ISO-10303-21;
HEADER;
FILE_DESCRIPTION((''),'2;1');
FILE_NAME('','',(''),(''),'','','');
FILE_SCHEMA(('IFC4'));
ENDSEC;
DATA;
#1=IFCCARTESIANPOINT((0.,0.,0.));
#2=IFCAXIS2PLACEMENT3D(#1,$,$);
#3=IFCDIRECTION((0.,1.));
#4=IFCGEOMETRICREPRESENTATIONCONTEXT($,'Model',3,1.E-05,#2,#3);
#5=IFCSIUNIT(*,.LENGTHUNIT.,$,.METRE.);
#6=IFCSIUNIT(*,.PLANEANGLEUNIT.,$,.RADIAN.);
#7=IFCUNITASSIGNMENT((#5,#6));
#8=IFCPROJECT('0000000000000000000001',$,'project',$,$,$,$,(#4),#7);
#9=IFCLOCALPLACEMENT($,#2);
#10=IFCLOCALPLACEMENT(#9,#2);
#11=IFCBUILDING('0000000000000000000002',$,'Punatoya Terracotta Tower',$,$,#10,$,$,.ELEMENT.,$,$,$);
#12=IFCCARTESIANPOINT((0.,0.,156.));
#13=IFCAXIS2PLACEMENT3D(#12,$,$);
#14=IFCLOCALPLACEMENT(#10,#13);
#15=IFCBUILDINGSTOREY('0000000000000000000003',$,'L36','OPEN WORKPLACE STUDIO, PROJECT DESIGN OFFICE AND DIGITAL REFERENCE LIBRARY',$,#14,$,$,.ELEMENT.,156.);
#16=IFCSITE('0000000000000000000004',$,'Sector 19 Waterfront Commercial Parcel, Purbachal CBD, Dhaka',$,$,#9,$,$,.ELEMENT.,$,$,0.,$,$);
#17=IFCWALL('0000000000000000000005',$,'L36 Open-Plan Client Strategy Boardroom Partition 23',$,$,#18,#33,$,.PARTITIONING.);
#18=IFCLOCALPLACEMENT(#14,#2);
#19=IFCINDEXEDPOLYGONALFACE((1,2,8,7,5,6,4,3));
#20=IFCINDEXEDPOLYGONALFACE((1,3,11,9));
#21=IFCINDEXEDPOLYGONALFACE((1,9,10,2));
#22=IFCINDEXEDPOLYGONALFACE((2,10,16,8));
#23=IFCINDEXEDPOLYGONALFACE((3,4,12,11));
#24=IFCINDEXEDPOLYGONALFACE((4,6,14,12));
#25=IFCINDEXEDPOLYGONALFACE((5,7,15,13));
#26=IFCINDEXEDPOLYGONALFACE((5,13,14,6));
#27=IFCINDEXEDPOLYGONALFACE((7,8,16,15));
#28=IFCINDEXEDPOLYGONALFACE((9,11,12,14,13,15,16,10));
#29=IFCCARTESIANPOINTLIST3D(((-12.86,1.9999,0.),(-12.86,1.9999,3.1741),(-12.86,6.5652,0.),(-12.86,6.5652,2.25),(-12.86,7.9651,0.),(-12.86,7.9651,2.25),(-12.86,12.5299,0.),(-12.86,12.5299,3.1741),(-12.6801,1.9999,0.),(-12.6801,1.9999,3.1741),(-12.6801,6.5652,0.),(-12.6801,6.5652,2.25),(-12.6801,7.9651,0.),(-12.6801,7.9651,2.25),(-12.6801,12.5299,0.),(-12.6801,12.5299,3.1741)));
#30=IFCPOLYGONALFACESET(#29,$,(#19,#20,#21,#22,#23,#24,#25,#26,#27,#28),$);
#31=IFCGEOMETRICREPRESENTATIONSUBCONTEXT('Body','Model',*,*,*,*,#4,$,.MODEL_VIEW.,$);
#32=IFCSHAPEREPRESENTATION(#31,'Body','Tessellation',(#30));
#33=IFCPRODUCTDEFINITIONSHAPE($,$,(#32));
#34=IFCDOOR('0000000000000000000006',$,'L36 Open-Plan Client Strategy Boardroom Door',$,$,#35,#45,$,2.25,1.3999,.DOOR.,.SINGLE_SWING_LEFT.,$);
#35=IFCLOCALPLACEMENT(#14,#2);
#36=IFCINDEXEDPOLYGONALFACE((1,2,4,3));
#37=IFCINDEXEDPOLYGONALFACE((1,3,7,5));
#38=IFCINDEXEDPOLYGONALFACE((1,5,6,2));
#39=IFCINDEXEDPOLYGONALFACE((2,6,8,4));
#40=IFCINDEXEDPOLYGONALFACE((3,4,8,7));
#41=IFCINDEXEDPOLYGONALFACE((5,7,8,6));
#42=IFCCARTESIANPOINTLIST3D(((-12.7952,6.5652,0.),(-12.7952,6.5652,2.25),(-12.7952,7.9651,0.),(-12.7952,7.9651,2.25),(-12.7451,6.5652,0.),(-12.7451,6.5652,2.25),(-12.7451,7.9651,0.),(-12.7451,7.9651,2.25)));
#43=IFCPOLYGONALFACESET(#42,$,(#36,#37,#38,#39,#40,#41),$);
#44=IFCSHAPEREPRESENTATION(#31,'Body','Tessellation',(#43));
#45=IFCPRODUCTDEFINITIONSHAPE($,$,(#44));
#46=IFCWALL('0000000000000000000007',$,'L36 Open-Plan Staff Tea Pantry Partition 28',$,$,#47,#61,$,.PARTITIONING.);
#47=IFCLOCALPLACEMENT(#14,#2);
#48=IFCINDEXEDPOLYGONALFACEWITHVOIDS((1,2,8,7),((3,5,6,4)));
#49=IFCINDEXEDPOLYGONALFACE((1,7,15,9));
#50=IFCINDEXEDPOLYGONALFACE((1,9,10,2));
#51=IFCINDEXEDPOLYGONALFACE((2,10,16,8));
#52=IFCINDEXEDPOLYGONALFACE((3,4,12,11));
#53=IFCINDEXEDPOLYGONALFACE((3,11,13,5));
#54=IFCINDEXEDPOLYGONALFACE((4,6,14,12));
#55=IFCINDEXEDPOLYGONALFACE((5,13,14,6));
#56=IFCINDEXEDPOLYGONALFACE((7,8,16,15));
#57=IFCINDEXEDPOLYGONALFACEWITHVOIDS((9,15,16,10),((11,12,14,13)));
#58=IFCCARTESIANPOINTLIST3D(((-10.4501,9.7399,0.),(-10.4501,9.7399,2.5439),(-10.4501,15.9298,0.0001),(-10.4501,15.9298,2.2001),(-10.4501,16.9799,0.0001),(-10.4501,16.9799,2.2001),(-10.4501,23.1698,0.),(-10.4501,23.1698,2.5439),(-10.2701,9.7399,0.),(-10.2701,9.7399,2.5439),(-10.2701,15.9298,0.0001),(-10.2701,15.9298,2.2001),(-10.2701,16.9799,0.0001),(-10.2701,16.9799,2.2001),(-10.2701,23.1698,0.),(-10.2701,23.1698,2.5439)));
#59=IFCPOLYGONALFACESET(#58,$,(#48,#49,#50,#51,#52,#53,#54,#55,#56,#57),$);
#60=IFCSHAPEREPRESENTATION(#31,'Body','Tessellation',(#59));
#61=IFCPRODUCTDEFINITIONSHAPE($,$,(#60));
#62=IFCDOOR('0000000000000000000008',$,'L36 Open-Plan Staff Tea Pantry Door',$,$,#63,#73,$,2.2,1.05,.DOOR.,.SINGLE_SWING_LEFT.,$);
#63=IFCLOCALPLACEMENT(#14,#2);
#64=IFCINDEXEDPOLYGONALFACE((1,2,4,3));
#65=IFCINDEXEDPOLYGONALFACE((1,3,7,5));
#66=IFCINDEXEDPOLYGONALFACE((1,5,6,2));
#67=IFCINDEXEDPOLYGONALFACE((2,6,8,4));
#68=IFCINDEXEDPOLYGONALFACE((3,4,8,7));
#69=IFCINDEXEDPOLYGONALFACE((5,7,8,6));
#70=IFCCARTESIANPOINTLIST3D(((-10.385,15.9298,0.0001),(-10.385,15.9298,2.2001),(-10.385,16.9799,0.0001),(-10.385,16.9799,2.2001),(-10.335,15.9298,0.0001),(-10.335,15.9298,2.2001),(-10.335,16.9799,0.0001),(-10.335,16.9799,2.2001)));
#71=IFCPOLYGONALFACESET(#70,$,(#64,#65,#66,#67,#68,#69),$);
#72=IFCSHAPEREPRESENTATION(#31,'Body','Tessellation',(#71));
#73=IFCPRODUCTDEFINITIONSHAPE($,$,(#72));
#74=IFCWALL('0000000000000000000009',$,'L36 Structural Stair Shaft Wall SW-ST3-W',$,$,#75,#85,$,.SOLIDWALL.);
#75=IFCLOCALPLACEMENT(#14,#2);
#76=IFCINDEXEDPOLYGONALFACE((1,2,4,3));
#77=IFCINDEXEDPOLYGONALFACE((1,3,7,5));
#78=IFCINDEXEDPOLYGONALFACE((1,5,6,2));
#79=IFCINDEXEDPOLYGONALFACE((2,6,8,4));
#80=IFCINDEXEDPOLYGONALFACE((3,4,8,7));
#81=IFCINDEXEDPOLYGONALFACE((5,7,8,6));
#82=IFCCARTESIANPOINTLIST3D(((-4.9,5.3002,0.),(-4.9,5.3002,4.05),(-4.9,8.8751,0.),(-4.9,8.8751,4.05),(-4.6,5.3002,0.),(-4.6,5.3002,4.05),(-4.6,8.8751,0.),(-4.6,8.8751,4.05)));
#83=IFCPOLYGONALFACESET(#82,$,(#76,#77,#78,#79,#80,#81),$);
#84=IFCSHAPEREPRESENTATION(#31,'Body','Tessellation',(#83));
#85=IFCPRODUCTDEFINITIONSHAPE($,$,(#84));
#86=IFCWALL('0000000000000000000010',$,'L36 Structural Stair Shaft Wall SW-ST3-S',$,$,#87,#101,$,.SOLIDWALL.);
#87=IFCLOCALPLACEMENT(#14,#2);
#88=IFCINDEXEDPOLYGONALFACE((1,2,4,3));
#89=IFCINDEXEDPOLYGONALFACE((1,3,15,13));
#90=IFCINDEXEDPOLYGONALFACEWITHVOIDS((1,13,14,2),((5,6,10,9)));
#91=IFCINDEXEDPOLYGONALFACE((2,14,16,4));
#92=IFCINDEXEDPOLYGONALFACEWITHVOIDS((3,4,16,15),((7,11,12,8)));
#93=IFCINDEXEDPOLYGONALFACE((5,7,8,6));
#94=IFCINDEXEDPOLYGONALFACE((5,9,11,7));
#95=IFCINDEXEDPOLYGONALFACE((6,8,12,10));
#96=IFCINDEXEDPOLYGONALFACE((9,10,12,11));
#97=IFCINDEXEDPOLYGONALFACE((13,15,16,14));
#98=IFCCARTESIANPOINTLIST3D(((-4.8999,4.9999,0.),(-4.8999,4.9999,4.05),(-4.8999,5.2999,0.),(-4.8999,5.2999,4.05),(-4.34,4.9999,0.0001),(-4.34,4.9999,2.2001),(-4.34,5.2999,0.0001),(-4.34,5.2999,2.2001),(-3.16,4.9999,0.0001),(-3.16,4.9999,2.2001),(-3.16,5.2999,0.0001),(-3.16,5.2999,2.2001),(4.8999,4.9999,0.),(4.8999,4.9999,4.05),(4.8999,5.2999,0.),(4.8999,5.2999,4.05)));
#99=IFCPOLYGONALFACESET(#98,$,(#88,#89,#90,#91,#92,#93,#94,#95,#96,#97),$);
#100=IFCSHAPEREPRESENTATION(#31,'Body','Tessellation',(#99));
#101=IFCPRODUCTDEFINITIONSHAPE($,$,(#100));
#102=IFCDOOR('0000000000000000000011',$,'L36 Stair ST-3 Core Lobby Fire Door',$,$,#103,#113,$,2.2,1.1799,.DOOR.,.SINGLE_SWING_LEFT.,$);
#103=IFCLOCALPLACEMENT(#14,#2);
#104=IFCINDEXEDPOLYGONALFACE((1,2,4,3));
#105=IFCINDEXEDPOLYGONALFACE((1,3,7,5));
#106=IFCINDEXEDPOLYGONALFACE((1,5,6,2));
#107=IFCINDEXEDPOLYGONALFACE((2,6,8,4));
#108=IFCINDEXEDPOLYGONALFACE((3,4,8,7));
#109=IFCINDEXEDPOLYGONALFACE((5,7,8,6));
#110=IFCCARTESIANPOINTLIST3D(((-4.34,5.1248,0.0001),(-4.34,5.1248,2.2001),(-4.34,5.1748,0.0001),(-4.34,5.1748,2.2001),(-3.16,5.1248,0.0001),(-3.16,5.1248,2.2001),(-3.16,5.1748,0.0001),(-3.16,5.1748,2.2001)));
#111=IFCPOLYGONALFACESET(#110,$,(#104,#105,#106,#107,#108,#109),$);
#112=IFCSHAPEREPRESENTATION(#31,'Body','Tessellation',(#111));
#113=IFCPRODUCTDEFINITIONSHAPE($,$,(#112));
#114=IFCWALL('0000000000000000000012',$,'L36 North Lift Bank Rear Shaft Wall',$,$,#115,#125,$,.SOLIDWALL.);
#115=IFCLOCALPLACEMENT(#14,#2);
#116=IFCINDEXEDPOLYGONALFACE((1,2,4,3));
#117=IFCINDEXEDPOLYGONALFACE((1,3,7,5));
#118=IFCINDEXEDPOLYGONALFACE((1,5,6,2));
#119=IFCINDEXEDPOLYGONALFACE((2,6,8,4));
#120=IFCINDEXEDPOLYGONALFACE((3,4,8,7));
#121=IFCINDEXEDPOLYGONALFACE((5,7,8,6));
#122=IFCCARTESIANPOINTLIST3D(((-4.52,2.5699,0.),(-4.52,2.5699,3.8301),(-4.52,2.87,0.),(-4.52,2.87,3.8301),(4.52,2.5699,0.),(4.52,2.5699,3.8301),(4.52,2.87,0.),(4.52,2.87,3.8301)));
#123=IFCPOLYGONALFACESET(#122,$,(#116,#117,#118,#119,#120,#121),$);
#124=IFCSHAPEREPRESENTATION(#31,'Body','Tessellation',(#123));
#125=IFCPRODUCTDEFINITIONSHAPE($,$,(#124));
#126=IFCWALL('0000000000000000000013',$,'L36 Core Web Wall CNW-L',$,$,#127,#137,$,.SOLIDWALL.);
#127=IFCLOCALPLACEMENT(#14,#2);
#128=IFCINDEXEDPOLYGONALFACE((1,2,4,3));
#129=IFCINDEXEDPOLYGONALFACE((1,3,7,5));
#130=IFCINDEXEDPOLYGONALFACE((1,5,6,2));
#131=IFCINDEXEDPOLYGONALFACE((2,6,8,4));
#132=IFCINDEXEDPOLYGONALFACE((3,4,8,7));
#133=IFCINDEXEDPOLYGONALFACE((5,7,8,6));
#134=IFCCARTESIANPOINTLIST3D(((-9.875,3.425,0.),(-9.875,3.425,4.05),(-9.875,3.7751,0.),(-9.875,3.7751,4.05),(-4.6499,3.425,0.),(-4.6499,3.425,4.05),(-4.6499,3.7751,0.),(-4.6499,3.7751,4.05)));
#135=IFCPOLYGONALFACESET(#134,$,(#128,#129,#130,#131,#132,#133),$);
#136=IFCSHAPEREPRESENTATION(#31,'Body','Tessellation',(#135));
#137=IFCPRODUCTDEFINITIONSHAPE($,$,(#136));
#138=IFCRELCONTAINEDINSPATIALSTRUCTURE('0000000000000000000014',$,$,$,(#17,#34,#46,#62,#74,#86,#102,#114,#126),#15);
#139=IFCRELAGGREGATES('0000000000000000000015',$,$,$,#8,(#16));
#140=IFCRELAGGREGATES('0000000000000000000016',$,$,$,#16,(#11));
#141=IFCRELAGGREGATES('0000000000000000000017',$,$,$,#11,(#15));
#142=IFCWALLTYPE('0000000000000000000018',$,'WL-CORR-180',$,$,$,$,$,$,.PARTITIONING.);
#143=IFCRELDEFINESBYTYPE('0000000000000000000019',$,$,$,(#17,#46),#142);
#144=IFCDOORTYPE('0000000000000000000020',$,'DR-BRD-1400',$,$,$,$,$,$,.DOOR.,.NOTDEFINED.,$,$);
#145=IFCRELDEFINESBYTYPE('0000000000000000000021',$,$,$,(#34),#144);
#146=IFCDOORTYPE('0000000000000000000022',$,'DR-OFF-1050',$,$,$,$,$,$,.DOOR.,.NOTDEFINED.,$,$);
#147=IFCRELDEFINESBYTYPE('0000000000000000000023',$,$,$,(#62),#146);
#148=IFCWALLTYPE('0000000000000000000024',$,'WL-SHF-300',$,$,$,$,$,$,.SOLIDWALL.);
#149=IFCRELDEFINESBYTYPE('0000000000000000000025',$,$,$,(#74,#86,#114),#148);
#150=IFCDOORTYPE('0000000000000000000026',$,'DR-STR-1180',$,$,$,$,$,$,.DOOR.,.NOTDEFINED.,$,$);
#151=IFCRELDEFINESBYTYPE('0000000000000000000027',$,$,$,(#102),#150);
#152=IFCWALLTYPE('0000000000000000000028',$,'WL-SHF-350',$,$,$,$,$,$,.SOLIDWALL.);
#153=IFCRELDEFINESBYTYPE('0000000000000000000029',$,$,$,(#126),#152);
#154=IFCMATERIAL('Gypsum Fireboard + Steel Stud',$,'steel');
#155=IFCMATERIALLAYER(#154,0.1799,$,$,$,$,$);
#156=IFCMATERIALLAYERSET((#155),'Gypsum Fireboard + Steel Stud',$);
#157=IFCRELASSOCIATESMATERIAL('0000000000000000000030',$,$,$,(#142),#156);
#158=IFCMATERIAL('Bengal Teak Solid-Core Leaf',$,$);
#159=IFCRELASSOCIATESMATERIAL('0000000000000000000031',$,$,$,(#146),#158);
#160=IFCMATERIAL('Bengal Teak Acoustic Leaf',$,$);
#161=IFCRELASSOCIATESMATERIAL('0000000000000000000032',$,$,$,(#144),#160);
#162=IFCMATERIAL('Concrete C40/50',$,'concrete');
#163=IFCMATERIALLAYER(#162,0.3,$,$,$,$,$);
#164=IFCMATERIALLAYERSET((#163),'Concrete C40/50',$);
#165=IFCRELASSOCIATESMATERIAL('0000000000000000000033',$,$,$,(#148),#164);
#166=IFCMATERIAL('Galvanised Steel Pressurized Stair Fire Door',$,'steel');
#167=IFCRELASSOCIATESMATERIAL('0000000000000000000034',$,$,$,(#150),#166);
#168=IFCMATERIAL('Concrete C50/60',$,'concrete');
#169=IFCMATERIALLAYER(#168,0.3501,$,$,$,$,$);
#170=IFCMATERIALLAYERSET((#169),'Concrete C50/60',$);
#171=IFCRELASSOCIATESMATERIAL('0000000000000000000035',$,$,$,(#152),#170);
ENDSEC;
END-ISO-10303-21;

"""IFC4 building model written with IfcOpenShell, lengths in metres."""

from ifc_helpers import new_model, si_unit, direction, frame, frame_2d, origin, place, context, subcontext, project, spatial, rectangle, extrude, material, layer, layer_set, type_object, element, fill, save


model = new_model("IFC4")

# Units and contexts
model_context = context("Model", 3, precision=1e-05, world=origin(), true_north=direction((0.0, 1.0)))
body_context = subcontext(model_context, "Body", "Model", "MODEL_VIEW")
ifc_project = project(units=[si_unit("LENGTHUNIT", "METRE"), si_unit("PLANEANGLEUNIT", "RADIAN")], contexts=[model_context])

# Site, building, storey
site_placement = place(None, origin())
site = spatial("IfcSite", under=ifc_project, at=site_placement, Name="Sector 19 Waterfront Commercial Parcel, Purbachal CBD, Dhaka", CompositionType="ELEMENT", RefElevation=0.0)
building_placement = place(site_placement, origin())
building = spatial("IfcBuilding", under=site, at=building_placement, Name="Punatoya Terracotta Tower", CompositionType="ELEMENT")
storey_placement = place(building_placement, frame((0.0, 0.0, 156.0)))
storey = spatial("IfcBuildingStorey", under=building, at=storey_placement, Name="L36", Description="OPEN WORKPLACE STUDIO, PROJECT DESIGN OFFICE AND DIGITAL REFERENCE LIBRARY", CompositionType="ELEMENT", Elevation=156.0)

# Shared definitions
ifc_material_1 = material(Name="Gypsum Fireboard + Steel Stud", Category="steel")
ifc_layer_1 = layer(ifc_material_1, 0.1799)
ifc_layer_set_1 = layer_set([ifc_layer_1], Name="Gypsum Fireboard + Steel Stud")
wall_type_1 = type_object("IfcWallType", Name="WL-CORR-180", PredefinedType="PARTITIONING", material=ifc_layer_set_1)

# Walls, openings, doors
ifc_material_2 = material(Name="Bengal Teak Solid-Core Leaf")
door_type_1 = type_object("IfcDoorType", Name="DR-OFF-1050", OperationType="NOTDEFINED", PredefinedType="DOOR", material=ifc_material_2)
wall_1_placement = place(storey_placement, frame((-12.77, 12.53, 0.0), z_axis=(0.0, 0.0, 1.0), x_axis=(0.0, -1.0, 0.0)))
wall_1 = element("IfcWall", 1, at=wall_1_placement, inside=storey, type_object=wall_type_1, Name="L36 Open-Plan Client Strategy Boardroom Partition 23", PredefinedType="PARTITIONING", context=body_context, shape_type="SweptSolid", body=[
    extrude(rectangle(XDim=10.53, YDim=0.1799, at=frame_2d((5.2651, 0.0))), origin(), (0.0, 0.0, 1.0), 3.1741),
])
opening_1_placement = place(wall_1_placement, frame((4.5649, 0.0, 0.0)))
opening_1 = element("IfcOpeningElement", 2, at=opening_1_placement, cuts=wall_1, PredefinedType="OPENING", context=body_context, shape_type="SweptSolid", body=[
    extrude(rectangle(XDim=1.3999, YDim=2.25, at=frame_2d((0.7, 1.125))), frame((0.0, 0.0999, 0.0), z_axis=(0.0, -1.0, 0.0), x_axis=(1.0, 0.0, 0.0)), (0.0, 0.0, 1.0), 0.2),
])
ifc_material_3 = material(Name="Bengal Teak Acoustic Leaf")
door_type_2 = type_object("IfcDoorType", Name="DR-BRD-1400", OperationType="NOTDEFINED", PredefinedType="DOOR", material=ifc_material_3)
door_1_placement = place(opening_1_placement, origin())
door_1 = element("IfcDoor", 3, at=door_1_placement, inside=storey, type_object=door_type_2, Name="L36 Open-Plan Client Strategy Boardroom Door", OperationType="SINGLE_SWING_LEFT", OverallHeight=2.25, OverallWidth=1.3999, PredefinedType="DOOR", context=body_context, shape_type="SweptSolid", body=[
    extrude(rectangle(XDim=1.3999, YDim=2.25, at=frame_2d((0.7, 1.125))), frame((0.0, 0.0249, 0.0), z_axis=(0.0, -1.0, 0.0), x_axis=(1.0, 0.0, 0.0)), (0.0, 0.0, 1.0), 0.05),
])
fill(opening_1, door_1)
wall_2_placement = place(storey_placement, frame((-10.3601, 9.74, 0.0), z_axis=(0.0, 0.0, 1.0), x_axis=(0.0, 1.0, 0.0)))
wall_2 = element("IfcWall", 4, at=wall_2_placement, inside=storey, type_object=wall_type_1, Name="L36 Open-Plan Staff Tea Pantry Partition 28", PredefinedType="PARTITIONING", context=body_context, shape_type="SweptSolid", body=[
    extrude(rectangle(XDim=13.4299, YDim=0.1799, at=frame_2d((6.7148, 0.0))), origin(), (0.0, 0.0, 1.0), 2.5439),
])
opening_2_placement = place(wall_2_placement, frame((6.1899, 0.0, 0.0)))
opening_2 = element("IfcOpeningElement", 5, at=opening_2_placement, cuts=wall_2, PredefinedType="OPENING", context=body_context, shape_type="SweptSolid", body=[
    extrude(rectangle(XDim=1.05, YDim=2.2, at=frame_2d((0.5249, 1.1001))), frame((0.0, 0.0999, 0.0), z_axis=(0.0, -1.0, 0.0), x_axis=(1.0, 0.0, 0.0)), (0.0, 0.0, 1.0), 0.2),
])
door_2_placement = place(opening_2_placement, origin())
door_2 = element("IfcDoor", 6, at=door_2_placement, inside=storey, type_object=door_type_1, Name="L36 Open-Plan Staff Tea Pantry Door", OperationType="SINGLE_SWING_LEFT", OverallHeight=2.2, OverallWidth=1.05, PredefinedType="DOOR", context=body_context, shape_type="SweptSolid", body=[
    extrude(rectangle(XDim=1.05, YDim=2.2, at=frame_2d((0.5249, 1.1001))), frame((0.0, 0.0249, 0.0), z_axis=(0.0, -1.0, 0.0), x_axis=(1.0, 0.0, 0.0)), (0.0, 0.0, 1.0), 0.05),
])
fill(opening_2, door_2)

# Wall
ifc_material_4 = material(Name="Concrete C40/50", Category="concrete")
ifc_layer_2 = layer(ifc_material_4, 0.3)
ifc_layer_set_2 = layer_set([ifc_layer_2], Name="Concrete C40/50")
wall_type_2 = type_object("IfcWallType", Name="WL-SHF-300", PredefinedType="SOLIDWALL", material=ifc_layer_set_2)
wall_3_placement = place(storey_placement, frame((-4.75, 5.3, 0.0), z_axis=(0.0, 0.0, 1.0), x_axis=(0.0, 1.0, 0.0)))
element("IfcWall", 7, at=wall_3_placement, inside=storey, type_object=wall_type_2, Name="L36 Structural Stair Shaft Wall SW-ST3-W", PredefinedType="SOLIDWALL", context=body_context, shape_type="SweptSolid", body=[
    extrude(rectangle(XDim=3.575, YDim=0.3, at=frame_2d((1.7876, 0.0))), origin(), (0.0, 0.0, 1.0), 4.05),
])

# Wall, opening, door
wall_4_placement = place(storey_placement, frame((-4.8999, 5.1499, 0.0), z_axis=(0.0, 0.0, 1.0), x_axis=(1.0, 0.0, 0.0)))
wall_4 = element("IfcWall", 8, at=wall_4_placement, inside=storey, type_object=wall_type_2, Name="L36 Structural Stair Shaft Wall SW-ST3-S", PredefinedType="SOLIDWALL", context=body_context, shape_type="SweptSolid", body=[
    extrude(rectangle(XDim=9.7998, YDim=0.3, at=frame_2d((4.8999, 0.0))), origin(), (0.0, 0.0, 1.0), 4.05),
])
opening_3_placement = place(wall_4_placement, frame((0.5601, 0.0, 0.0)))
opening_3 = element("IfcOpeningElement", 9, at=opening_3_placement, cuts=wall_4, PredefinedType="OPENING", context=body_context, shape_type="SweptSolid", body=[
    extrude(rectangle(XDim=1.1799, YDim=2.2, at=frame_2d((0.5898, 1.1001))), frame((0.0, 0.1599, 0.0), z_axis=(0.0, -1.0, 0.0), x_axis=(1.0, 0.0, 0.0)), (0.0, 0.0, 1.0), 0.3201),
])
ifc_material_5 = material(Name="Galvanised Steel Pressurized Stair Fire Door", Category="steel")
door_type_3 = type_object("IfcDoorType", Name="DR-STR-1180", OperationType="NOTDEFINED", PredefinedType="DOOR", material=ifc_material_5)
door_3_placement = place(opening_3_placement, origin())
door_3 = element("IfcDoor", 10, at=door_3_placement, inside=storey, type_object=door_type_3, Name="L36 Stair ST-3 Core Lobby Fire Door", OperationType="SINGLE_SWING_LEFT", OverallHeight=2.2, OverallWidth=1.1799, PredefinedType="DOOR", context=body_context, shape_type="SweptSolid", body=[
    extrude(rectangle(XDim=1.1799, YDim=2.2, at=frame_2d((0.5898, 1.1001))), frame((0.0, 0.0249, 0.0), z_axis=(0.0, -1.0, 0.0), x_axis=(1.0, 0.0, 0.0)), (0.0, 0.0, 1.0), 0.05),
])
fill(opening_3, door_3)

# Walls
wall_5_placement = place(storey_placement, frame((-4.52, 2.72, 0.0), z_axis=(0.0, 0.0, 1.0), x_axis=(1.0, 0.0, 0.0)))
element("IfcWall", 11, at=wall_5_placement, inside=storey, type_object=wall_type_2, Name="L36 North Lift Bank Rear Shaft Wall", PredefinedType="SOLIDWALL", context=body_context, shape_type="SweptSolid", body=[
    extrude(rectangle(XDim=9.04, YDim=0.3, at=frame_2d((4.52, 0.0))), origin(), (0.0, 0.0, 1.0), 3.8301),
])
ifc_material_6 = material(Name="Concrete C50/60", Category="concrete")
ifc_layer_3 = layer(ifc_material_6, 0.3501)
ifc_layer_set_3 = layer_set([ifc_layer_3], Name="Concrete C50/60")
wall_type_3 = type_object("IfcWallType", Name="WL-SHF-350", PredefinedType="SOLIDWALL", material=ifc_layer_set_3)
wall_6_placement = place(storey_placement, frame((-9.875, 3.6001, 0.0), z_axis=(0.0, 0.0, 1.0), x_axis=(1.0, 0.0, 0.0)))
element("IfcWall", 12, at=wall_6_placement, inside=storey, type_object=wall_type_3, Name="L36 Core Web Wall CNW-L", PredefinedType="SOLIDWALL", context=body_context, shape_type="SweptSolid", body=[
    extrude(rectangle(XDim=5.2251, YDim=0.3501, at=frame_2d((2.6125, 0.0))), origin(), (0.0, 0.0, 1.0), 4.05),
])

save(model, "model.ifc")
